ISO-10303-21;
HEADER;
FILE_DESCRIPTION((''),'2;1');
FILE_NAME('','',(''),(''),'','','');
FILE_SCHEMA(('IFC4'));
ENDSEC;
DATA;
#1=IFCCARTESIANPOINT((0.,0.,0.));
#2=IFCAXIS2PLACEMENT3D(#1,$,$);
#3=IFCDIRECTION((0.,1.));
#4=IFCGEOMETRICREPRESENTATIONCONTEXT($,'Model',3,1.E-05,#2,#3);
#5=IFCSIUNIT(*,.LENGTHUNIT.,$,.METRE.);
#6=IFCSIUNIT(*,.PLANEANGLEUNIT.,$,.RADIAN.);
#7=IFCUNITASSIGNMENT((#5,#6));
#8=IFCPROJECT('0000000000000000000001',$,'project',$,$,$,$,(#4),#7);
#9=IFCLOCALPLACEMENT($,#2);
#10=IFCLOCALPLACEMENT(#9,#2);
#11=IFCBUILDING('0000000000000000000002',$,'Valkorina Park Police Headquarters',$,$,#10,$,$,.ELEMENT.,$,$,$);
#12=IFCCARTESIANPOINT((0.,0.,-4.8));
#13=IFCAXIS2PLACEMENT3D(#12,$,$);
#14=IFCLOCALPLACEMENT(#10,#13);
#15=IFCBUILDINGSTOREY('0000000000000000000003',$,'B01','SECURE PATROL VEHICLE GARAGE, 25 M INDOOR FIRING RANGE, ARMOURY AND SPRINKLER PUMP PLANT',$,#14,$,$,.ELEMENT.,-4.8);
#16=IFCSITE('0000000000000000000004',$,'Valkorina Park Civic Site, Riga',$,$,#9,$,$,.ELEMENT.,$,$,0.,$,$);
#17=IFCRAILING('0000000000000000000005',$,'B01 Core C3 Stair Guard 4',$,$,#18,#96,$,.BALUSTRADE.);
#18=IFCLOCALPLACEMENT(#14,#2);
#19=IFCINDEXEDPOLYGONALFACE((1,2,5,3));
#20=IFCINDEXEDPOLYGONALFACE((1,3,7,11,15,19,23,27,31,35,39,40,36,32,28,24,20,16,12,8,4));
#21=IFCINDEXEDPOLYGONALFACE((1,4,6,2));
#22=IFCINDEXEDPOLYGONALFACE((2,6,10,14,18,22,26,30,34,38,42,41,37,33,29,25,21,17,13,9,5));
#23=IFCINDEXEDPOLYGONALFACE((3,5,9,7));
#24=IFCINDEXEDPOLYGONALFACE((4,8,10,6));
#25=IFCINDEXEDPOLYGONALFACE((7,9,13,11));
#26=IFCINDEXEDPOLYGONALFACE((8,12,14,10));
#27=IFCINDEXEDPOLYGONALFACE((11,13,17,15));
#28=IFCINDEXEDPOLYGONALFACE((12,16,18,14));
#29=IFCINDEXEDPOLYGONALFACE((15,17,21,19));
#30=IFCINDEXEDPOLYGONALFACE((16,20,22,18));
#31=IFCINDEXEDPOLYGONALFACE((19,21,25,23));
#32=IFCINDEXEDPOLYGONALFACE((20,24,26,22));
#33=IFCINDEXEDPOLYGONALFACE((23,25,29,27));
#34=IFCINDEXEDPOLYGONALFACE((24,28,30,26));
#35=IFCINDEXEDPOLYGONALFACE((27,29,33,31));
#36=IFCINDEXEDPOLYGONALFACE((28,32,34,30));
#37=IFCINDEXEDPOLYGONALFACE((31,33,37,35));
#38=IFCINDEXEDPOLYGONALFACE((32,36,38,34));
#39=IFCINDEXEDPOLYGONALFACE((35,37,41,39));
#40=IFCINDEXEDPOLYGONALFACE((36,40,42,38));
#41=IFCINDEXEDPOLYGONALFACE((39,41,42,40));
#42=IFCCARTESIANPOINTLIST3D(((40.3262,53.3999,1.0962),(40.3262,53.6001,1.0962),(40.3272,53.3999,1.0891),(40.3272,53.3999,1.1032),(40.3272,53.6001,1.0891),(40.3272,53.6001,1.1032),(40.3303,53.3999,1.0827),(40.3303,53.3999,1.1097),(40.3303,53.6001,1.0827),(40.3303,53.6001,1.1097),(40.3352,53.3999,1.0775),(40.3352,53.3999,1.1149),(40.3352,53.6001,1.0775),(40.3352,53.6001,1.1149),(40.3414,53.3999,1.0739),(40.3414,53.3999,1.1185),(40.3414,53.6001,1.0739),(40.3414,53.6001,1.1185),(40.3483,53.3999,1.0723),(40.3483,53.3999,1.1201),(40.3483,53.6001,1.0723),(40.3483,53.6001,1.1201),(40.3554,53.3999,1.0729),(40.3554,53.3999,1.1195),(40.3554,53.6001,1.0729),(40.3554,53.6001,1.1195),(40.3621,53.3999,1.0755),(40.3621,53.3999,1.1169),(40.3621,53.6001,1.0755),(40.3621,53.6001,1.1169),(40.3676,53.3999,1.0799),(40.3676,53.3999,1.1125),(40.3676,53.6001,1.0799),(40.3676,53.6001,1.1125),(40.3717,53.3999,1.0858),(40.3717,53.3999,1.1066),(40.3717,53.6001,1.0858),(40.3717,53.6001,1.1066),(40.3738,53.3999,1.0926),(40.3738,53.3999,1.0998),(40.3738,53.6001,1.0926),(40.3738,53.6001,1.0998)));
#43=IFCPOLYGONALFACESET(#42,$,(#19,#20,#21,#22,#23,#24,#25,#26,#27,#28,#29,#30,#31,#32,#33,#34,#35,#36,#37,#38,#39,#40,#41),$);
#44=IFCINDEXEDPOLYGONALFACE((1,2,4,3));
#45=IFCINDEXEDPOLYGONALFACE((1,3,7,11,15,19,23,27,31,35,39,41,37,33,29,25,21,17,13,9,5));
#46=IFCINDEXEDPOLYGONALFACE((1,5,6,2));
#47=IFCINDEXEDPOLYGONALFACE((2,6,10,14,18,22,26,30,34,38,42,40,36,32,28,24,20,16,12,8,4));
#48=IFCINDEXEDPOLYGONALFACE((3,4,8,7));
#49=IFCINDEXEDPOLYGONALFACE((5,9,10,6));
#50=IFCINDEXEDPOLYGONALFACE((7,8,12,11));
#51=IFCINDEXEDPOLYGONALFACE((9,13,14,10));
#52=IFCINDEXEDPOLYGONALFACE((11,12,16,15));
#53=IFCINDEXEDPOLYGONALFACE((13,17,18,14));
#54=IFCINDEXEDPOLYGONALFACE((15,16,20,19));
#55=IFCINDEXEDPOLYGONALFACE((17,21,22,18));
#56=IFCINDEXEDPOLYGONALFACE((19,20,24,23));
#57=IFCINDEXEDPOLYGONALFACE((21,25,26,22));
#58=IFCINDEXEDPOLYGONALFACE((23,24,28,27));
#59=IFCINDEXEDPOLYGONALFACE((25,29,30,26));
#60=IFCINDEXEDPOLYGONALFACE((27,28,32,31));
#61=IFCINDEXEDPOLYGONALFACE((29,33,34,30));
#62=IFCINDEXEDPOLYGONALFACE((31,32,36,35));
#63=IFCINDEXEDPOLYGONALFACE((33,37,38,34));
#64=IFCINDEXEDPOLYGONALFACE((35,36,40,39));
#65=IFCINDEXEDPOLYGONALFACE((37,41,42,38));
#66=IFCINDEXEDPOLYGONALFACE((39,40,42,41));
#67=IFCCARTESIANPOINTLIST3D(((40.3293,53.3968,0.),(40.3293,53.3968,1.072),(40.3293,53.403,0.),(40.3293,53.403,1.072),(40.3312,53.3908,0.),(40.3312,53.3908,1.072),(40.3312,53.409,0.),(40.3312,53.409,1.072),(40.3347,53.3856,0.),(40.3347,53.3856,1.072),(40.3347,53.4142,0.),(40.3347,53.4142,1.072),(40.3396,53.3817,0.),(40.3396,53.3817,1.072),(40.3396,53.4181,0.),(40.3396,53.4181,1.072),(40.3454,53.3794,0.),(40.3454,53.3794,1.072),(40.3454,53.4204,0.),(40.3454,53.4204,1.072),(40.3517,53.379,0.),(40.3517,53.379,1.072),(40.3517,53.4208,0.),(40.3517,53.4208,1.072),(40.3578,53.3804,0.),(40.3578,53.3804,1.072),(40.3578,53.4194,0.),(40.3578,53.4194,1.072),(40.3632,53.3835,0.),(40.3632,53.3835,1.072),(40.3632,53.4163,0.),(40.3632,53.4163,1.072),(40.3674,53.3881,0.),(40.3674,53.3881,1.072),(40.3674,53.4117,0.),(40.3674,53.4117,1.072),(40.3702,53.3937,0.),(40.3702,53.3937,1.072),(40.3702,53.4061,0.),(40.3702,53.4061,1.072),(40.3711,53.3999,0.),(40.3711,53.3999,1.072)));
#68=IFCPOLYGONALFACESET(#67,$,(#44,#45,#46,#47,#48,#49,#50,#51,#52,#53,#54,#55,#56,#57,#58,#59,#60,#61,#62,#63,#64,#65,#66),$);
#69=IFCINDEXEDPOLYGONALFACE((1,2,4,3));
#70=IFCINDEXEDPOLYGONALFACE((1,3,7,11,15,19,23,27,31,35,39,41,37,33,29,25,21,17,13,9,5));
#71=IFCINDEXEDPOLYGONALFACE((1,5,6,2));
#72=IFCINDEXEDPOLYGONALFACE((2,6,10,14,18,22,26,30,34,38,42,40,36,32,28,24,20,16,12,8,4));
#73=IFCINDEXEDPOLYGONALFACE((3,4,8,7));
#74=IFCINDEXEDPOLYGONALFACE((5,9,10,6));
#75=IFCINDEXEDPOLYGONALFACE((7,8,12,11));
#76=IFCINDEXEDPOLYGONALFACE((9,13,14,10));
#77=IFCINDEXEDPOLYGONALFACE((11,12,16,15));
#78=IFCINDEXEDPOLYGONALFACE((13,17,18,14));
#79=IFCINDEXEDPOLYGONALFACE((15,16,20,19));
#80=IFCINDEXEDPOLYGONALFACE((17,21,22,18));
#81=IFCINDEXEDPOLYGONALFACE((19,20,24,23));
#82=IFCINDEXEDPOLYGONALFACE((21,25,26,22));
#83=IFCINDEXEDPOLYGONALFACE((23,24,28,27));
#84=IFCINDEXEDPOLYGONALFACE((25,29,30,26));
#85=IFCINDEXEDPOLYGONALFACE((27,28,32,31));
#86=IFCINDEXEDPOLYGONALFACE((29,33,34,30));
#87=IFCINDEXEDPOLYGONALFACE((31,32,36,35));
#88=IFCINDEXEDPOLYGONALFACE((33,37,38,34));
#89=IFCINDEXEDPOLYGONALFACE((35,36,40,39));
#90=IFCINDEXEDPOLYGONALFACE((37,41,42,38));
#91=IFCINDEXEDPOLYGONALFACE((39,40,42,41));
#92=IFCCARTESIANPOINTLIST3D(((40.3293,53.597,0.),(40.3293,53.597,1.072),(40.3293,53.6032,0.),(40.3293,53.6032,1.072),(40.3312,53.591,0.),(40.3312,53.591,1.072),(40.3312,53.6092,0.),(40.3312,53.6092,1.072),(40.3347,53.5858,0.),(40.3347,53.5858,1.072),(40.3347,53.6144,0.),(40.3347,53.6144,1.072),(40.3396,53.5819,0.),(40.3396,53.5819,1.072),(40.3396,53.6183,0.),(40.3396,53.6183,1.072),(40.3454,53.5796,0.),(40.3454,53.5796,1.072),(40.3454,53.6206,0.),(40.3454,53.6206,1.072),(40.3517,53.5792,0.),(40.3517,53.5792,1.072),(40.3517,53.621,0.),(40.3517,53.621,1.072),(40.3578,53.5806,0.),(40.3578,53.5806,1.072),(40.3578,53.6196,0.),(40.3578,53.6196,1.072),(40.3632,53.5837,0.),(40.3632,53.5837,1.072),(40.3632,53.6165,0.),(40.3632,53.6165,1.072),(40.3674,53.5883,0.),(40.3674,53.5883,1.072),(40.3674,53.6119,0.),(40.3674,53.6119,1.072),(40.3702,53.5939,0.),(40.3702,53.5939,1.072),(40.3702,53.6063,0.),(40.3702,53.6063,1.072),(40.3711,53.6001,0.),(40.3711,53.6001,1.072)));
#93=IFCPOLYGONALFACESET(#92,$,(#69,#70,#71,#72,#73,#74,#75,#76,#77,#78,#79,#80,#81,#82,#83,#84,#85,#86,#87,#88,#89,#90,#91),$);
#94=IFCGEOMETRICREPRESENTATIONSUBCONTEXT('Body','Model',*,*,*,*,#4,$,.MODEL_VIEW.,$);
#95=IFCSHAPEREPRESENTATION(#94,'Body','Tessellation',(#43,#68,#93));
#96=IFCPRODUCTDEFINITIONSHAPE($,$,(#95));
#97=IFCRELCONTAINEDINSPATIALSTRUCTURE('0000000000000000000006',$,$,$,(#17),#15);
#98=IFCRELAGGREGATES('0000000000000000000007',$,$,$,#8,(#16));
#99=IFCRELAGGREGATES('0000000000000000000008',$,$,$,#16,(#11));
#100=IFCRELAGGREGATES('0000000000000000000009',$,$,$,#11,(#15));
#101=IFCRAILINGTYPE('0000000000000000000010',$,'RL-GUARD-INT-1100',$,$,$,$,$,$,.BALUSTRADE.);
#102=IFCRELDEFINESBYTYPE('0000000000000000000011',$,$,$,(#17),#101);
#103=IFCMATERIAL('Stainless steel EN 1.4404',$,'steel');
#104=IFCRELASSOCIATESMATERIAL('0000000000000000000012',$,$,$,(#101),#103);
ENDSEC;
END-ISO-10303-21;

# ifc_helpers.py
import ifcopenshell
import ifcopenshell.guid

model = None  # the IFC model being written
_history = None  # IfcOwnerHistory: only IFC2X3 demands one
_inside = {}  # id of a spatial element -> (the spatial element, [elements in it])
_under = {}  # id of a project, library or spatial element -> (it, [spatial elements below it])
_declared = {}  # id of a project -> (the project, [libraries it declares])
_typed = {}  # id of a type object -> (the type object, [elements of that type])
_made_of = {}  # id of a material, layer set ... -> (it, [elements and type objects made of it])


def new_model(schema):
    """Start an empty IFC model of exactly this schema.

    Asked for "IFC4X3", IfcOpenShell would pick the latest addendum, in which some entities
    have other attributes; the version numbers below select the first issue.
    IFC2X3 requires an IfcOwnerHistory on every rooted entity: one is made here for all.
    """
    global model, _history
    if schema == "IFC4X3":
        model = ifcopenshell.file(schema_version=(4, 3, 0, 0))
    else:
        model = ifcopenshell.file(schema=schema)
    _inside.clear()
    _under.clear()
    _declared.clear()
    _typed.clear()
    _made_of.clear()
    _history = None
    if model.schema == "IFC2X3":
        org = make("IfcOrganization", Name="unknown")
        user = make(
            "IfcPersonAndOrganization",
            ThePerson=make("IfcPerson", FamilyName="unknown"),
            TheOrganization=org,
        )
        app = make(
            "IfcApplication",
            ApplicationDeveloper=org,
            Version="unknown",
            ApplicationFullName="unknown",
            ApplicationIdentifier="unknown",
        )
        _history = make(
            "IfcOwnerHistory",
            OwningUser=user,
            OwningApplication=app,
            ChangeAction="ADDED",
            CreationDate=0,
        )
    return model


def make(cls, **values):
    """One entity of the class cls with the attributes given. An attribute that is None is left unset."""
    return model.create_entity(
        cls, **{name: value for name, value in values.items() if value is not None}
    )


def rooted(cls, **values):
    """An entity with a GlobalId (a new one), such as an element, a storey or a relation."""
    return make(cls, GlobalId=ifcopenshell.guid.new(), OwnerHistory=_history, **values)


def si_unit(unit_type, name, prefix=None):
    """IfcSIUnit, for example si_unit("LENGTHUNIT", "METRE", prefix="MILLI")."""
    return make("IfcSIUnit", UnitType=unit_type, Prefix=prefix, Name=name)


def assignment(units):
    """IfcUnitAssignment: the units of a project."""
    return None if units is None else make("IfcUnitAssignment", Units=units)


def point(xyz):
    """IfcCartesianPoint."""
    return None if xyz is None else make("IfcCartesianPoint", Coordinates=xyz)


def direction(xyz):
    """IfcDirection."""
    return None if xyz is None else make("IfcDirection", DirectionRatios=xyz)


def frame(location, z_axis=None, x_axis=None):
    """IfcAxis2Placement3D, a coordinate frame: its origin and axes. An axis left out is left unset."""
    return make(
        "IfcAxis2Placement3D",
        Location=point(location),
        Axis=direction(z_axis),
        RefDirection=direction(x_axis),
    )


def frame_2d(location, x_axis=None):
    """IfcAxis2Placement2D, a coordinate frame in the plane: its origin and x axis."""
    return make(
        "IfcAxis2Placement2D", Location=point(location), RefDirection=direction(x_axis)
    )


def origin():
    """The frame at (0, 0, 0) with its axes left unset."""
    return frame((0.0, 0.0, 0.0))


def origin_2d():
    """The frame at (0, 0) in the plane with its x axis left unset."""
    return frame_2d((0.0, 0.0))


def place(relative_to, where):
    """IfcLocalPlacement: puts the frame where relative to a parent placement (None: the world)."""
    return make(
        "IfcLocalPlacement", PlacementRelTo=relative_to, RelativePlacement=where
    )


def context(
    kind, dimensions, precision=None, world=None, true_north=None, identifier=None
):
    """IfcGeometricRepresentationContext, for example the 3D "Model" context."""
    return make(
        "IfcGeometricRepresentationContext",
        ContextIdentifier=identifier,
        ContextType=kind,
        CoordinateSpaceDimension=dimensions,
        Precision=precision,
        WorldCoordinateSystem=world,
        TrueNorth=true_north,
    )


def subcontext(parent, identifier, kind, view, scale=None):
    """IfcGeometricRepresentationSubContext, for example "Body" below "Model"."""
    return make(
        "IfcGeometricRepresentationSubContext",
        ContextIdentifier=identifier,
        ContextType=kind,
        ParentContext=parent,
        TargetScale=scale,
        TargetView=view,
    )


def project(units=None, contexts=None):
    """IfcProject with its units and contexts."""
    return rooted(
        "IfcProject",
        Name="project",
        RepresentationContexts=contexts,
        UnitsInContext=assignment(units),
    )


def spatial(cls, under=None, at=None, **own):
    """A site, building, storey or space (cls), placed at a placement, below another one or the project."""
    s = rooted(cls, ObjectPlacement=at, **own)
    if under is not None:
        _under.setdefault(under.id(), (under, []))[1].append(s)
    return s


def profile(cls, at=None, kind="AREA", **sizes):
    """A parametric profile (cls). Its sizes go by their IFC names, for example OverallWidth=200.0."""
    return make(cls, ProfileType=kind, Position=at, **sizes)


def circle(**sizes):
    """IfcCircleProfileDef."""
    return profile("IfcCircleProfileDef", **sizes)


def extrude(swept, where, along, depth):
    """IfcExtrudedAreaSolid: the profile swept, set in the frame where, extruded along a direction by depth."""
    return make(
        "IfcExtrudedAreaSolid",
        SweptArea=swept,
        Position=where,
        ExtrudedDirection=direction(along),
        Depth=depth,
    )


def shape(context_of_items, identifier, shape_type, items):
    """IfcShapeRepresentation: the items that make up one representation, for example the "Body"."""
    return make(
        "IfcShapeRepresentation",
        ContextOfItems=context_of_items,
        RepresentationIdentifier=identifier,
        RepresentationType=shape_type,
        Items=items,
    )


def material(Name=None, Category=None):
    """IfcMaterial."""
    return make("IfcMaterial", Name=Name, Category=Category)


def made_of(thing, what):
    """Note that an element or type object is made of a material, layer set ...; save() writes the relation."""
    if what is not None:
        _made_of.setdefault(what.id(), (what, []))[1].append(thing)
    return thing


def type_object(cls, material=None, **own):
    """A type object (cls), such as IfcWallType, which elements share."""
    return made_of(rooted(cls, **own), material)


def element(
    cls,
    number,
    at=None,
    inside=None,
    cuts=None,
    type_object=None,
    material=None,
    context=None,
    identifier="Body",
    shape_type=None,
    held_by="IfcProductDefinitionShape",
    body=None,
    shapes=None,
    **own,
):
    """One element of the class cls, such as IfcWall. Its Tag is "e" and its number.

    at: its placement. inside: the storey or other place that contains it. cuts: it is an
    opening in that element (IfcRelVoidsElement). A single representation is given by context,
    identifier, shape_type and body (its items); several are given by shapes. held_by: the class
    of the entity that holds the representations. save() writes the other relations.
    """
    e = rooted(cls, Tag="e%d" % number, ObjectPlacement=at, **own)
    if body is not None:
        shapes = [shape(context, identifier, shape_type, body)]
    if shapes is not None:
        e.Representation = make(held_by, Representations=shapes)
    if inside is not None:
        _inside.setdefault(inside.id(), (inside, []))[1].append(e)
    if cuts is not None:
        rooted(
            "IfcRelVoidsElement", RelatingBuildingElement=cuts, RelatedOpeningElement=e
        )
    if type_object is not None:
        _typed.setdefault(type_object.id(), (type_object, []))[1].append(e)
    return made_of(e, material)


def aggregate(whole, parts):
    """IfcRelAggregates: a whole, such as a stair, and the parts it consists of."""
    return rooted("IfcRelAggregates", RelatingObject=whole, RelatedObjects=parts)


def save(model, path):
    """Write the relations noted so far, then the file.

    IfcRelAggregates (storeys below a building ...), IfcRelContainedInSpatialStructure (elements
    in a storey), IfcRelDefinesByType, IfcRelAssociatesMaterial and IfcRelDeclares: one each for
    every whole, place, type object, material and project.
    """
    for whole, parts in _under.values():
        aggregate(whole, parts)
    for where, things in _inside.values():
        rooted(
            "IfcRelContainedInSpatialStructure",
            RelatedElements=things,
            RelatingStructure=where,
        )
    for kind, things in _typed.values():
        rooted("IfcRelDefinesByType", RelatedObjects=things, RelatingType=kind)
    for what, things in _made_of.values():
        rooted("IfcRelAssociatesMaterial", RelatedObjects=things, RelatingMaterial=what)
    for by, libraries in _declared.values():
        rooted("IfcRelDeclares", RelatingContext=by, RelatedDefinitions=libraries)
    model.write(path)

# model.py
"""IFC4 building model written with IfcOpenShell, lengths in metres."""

from ifc_helpers import new_model, si_unit, direction, frame, origin, origin_2d, place, context, subcontext, project, spatial, circle, extrude, material, type_object, element, save


model = new_model("IFC4")

# Units and contexts
model_context = context("Model", 3, precision=1e-05, world=origin(), true_north=direction((0.0, 1.0)))
body_context = subcontext(model_context, "Body", "Model", "MODEL_VIEW")
ifc_project = project(units=[si_unit("LENGTHUNIT", "METRE"), si_unit("PLANEANGLEUNIT", "RADIAN")], contexts=[model_context])

# Site, building, storey
site_placement = place(None, origin())
site = spatial("IfcSite", under=ifc_project, at=site_placement, Name="Valkorina Park Civic Site, Riga", CompositionType="ELEMENT", RefElevation=0.0)
building_placement = place(site_placement, origin())
building = spatial("IfcBuilding", under=site, at=building_placement, Name="Valkorina Park Police Headquarters", CompositionType="ELEMENT")
storey_placement = place(building_placement, frame((0.0, 0.0, -4.8)))
storey = spatial("IfcBuildingStorey", under=building, at=storey_placement, Name="B01", Description="SECURE PATROL VEHICLE GARAGE, 25 M INDOOR FIRING RANGE, ARMOURY AND SPRINKLER PUMP PLANT", CompositionType="ELEMENT", Elevation=-4.8)

# Shared definitions
ifc_material_1 = material(Name="Stainless steel EN 1.4404", Category="steel")

# Railing
railing_type_1 = type_object("IfcRailingType", Name="RL-GUARD-INT-1100", PredefinedType="BALUSTRADE", material=ifc_material_1)
railing_1_placement = place(storey_placement, frame((40.3501, 53.3999, 0.0)))
element("IfcRailing", 1, at=railing_1_placement, inside=storey, type_object=railing_type_1, Name="B01 Core C3 Stair Guard 4", PredefinedType="BALUSTRADE", context=body_context, shape_type="SweptSolid", body=[
    extrude(circle(Radius=0.0239, at=origin_2d()), frame((0.0, 0.0, 1.0962), z_axis=(0.0, 1.0, 0.0), x_axis=(-1.0, 0.0, 0.0)), (0.0, 0.0, 1.0), 0.2002),
    extrude(circle(Radius=0.021, at=origin_2d()), origin(), (0.0, 0.0, 1.0), 1.072),
    extrude(circle(Radius=0.021, at=origin_2d()), frame((0.0, 0.2002, 0.0)), (0.0, 0.0, 1.0), 1.072),
])

save(model, "model.ifc")
